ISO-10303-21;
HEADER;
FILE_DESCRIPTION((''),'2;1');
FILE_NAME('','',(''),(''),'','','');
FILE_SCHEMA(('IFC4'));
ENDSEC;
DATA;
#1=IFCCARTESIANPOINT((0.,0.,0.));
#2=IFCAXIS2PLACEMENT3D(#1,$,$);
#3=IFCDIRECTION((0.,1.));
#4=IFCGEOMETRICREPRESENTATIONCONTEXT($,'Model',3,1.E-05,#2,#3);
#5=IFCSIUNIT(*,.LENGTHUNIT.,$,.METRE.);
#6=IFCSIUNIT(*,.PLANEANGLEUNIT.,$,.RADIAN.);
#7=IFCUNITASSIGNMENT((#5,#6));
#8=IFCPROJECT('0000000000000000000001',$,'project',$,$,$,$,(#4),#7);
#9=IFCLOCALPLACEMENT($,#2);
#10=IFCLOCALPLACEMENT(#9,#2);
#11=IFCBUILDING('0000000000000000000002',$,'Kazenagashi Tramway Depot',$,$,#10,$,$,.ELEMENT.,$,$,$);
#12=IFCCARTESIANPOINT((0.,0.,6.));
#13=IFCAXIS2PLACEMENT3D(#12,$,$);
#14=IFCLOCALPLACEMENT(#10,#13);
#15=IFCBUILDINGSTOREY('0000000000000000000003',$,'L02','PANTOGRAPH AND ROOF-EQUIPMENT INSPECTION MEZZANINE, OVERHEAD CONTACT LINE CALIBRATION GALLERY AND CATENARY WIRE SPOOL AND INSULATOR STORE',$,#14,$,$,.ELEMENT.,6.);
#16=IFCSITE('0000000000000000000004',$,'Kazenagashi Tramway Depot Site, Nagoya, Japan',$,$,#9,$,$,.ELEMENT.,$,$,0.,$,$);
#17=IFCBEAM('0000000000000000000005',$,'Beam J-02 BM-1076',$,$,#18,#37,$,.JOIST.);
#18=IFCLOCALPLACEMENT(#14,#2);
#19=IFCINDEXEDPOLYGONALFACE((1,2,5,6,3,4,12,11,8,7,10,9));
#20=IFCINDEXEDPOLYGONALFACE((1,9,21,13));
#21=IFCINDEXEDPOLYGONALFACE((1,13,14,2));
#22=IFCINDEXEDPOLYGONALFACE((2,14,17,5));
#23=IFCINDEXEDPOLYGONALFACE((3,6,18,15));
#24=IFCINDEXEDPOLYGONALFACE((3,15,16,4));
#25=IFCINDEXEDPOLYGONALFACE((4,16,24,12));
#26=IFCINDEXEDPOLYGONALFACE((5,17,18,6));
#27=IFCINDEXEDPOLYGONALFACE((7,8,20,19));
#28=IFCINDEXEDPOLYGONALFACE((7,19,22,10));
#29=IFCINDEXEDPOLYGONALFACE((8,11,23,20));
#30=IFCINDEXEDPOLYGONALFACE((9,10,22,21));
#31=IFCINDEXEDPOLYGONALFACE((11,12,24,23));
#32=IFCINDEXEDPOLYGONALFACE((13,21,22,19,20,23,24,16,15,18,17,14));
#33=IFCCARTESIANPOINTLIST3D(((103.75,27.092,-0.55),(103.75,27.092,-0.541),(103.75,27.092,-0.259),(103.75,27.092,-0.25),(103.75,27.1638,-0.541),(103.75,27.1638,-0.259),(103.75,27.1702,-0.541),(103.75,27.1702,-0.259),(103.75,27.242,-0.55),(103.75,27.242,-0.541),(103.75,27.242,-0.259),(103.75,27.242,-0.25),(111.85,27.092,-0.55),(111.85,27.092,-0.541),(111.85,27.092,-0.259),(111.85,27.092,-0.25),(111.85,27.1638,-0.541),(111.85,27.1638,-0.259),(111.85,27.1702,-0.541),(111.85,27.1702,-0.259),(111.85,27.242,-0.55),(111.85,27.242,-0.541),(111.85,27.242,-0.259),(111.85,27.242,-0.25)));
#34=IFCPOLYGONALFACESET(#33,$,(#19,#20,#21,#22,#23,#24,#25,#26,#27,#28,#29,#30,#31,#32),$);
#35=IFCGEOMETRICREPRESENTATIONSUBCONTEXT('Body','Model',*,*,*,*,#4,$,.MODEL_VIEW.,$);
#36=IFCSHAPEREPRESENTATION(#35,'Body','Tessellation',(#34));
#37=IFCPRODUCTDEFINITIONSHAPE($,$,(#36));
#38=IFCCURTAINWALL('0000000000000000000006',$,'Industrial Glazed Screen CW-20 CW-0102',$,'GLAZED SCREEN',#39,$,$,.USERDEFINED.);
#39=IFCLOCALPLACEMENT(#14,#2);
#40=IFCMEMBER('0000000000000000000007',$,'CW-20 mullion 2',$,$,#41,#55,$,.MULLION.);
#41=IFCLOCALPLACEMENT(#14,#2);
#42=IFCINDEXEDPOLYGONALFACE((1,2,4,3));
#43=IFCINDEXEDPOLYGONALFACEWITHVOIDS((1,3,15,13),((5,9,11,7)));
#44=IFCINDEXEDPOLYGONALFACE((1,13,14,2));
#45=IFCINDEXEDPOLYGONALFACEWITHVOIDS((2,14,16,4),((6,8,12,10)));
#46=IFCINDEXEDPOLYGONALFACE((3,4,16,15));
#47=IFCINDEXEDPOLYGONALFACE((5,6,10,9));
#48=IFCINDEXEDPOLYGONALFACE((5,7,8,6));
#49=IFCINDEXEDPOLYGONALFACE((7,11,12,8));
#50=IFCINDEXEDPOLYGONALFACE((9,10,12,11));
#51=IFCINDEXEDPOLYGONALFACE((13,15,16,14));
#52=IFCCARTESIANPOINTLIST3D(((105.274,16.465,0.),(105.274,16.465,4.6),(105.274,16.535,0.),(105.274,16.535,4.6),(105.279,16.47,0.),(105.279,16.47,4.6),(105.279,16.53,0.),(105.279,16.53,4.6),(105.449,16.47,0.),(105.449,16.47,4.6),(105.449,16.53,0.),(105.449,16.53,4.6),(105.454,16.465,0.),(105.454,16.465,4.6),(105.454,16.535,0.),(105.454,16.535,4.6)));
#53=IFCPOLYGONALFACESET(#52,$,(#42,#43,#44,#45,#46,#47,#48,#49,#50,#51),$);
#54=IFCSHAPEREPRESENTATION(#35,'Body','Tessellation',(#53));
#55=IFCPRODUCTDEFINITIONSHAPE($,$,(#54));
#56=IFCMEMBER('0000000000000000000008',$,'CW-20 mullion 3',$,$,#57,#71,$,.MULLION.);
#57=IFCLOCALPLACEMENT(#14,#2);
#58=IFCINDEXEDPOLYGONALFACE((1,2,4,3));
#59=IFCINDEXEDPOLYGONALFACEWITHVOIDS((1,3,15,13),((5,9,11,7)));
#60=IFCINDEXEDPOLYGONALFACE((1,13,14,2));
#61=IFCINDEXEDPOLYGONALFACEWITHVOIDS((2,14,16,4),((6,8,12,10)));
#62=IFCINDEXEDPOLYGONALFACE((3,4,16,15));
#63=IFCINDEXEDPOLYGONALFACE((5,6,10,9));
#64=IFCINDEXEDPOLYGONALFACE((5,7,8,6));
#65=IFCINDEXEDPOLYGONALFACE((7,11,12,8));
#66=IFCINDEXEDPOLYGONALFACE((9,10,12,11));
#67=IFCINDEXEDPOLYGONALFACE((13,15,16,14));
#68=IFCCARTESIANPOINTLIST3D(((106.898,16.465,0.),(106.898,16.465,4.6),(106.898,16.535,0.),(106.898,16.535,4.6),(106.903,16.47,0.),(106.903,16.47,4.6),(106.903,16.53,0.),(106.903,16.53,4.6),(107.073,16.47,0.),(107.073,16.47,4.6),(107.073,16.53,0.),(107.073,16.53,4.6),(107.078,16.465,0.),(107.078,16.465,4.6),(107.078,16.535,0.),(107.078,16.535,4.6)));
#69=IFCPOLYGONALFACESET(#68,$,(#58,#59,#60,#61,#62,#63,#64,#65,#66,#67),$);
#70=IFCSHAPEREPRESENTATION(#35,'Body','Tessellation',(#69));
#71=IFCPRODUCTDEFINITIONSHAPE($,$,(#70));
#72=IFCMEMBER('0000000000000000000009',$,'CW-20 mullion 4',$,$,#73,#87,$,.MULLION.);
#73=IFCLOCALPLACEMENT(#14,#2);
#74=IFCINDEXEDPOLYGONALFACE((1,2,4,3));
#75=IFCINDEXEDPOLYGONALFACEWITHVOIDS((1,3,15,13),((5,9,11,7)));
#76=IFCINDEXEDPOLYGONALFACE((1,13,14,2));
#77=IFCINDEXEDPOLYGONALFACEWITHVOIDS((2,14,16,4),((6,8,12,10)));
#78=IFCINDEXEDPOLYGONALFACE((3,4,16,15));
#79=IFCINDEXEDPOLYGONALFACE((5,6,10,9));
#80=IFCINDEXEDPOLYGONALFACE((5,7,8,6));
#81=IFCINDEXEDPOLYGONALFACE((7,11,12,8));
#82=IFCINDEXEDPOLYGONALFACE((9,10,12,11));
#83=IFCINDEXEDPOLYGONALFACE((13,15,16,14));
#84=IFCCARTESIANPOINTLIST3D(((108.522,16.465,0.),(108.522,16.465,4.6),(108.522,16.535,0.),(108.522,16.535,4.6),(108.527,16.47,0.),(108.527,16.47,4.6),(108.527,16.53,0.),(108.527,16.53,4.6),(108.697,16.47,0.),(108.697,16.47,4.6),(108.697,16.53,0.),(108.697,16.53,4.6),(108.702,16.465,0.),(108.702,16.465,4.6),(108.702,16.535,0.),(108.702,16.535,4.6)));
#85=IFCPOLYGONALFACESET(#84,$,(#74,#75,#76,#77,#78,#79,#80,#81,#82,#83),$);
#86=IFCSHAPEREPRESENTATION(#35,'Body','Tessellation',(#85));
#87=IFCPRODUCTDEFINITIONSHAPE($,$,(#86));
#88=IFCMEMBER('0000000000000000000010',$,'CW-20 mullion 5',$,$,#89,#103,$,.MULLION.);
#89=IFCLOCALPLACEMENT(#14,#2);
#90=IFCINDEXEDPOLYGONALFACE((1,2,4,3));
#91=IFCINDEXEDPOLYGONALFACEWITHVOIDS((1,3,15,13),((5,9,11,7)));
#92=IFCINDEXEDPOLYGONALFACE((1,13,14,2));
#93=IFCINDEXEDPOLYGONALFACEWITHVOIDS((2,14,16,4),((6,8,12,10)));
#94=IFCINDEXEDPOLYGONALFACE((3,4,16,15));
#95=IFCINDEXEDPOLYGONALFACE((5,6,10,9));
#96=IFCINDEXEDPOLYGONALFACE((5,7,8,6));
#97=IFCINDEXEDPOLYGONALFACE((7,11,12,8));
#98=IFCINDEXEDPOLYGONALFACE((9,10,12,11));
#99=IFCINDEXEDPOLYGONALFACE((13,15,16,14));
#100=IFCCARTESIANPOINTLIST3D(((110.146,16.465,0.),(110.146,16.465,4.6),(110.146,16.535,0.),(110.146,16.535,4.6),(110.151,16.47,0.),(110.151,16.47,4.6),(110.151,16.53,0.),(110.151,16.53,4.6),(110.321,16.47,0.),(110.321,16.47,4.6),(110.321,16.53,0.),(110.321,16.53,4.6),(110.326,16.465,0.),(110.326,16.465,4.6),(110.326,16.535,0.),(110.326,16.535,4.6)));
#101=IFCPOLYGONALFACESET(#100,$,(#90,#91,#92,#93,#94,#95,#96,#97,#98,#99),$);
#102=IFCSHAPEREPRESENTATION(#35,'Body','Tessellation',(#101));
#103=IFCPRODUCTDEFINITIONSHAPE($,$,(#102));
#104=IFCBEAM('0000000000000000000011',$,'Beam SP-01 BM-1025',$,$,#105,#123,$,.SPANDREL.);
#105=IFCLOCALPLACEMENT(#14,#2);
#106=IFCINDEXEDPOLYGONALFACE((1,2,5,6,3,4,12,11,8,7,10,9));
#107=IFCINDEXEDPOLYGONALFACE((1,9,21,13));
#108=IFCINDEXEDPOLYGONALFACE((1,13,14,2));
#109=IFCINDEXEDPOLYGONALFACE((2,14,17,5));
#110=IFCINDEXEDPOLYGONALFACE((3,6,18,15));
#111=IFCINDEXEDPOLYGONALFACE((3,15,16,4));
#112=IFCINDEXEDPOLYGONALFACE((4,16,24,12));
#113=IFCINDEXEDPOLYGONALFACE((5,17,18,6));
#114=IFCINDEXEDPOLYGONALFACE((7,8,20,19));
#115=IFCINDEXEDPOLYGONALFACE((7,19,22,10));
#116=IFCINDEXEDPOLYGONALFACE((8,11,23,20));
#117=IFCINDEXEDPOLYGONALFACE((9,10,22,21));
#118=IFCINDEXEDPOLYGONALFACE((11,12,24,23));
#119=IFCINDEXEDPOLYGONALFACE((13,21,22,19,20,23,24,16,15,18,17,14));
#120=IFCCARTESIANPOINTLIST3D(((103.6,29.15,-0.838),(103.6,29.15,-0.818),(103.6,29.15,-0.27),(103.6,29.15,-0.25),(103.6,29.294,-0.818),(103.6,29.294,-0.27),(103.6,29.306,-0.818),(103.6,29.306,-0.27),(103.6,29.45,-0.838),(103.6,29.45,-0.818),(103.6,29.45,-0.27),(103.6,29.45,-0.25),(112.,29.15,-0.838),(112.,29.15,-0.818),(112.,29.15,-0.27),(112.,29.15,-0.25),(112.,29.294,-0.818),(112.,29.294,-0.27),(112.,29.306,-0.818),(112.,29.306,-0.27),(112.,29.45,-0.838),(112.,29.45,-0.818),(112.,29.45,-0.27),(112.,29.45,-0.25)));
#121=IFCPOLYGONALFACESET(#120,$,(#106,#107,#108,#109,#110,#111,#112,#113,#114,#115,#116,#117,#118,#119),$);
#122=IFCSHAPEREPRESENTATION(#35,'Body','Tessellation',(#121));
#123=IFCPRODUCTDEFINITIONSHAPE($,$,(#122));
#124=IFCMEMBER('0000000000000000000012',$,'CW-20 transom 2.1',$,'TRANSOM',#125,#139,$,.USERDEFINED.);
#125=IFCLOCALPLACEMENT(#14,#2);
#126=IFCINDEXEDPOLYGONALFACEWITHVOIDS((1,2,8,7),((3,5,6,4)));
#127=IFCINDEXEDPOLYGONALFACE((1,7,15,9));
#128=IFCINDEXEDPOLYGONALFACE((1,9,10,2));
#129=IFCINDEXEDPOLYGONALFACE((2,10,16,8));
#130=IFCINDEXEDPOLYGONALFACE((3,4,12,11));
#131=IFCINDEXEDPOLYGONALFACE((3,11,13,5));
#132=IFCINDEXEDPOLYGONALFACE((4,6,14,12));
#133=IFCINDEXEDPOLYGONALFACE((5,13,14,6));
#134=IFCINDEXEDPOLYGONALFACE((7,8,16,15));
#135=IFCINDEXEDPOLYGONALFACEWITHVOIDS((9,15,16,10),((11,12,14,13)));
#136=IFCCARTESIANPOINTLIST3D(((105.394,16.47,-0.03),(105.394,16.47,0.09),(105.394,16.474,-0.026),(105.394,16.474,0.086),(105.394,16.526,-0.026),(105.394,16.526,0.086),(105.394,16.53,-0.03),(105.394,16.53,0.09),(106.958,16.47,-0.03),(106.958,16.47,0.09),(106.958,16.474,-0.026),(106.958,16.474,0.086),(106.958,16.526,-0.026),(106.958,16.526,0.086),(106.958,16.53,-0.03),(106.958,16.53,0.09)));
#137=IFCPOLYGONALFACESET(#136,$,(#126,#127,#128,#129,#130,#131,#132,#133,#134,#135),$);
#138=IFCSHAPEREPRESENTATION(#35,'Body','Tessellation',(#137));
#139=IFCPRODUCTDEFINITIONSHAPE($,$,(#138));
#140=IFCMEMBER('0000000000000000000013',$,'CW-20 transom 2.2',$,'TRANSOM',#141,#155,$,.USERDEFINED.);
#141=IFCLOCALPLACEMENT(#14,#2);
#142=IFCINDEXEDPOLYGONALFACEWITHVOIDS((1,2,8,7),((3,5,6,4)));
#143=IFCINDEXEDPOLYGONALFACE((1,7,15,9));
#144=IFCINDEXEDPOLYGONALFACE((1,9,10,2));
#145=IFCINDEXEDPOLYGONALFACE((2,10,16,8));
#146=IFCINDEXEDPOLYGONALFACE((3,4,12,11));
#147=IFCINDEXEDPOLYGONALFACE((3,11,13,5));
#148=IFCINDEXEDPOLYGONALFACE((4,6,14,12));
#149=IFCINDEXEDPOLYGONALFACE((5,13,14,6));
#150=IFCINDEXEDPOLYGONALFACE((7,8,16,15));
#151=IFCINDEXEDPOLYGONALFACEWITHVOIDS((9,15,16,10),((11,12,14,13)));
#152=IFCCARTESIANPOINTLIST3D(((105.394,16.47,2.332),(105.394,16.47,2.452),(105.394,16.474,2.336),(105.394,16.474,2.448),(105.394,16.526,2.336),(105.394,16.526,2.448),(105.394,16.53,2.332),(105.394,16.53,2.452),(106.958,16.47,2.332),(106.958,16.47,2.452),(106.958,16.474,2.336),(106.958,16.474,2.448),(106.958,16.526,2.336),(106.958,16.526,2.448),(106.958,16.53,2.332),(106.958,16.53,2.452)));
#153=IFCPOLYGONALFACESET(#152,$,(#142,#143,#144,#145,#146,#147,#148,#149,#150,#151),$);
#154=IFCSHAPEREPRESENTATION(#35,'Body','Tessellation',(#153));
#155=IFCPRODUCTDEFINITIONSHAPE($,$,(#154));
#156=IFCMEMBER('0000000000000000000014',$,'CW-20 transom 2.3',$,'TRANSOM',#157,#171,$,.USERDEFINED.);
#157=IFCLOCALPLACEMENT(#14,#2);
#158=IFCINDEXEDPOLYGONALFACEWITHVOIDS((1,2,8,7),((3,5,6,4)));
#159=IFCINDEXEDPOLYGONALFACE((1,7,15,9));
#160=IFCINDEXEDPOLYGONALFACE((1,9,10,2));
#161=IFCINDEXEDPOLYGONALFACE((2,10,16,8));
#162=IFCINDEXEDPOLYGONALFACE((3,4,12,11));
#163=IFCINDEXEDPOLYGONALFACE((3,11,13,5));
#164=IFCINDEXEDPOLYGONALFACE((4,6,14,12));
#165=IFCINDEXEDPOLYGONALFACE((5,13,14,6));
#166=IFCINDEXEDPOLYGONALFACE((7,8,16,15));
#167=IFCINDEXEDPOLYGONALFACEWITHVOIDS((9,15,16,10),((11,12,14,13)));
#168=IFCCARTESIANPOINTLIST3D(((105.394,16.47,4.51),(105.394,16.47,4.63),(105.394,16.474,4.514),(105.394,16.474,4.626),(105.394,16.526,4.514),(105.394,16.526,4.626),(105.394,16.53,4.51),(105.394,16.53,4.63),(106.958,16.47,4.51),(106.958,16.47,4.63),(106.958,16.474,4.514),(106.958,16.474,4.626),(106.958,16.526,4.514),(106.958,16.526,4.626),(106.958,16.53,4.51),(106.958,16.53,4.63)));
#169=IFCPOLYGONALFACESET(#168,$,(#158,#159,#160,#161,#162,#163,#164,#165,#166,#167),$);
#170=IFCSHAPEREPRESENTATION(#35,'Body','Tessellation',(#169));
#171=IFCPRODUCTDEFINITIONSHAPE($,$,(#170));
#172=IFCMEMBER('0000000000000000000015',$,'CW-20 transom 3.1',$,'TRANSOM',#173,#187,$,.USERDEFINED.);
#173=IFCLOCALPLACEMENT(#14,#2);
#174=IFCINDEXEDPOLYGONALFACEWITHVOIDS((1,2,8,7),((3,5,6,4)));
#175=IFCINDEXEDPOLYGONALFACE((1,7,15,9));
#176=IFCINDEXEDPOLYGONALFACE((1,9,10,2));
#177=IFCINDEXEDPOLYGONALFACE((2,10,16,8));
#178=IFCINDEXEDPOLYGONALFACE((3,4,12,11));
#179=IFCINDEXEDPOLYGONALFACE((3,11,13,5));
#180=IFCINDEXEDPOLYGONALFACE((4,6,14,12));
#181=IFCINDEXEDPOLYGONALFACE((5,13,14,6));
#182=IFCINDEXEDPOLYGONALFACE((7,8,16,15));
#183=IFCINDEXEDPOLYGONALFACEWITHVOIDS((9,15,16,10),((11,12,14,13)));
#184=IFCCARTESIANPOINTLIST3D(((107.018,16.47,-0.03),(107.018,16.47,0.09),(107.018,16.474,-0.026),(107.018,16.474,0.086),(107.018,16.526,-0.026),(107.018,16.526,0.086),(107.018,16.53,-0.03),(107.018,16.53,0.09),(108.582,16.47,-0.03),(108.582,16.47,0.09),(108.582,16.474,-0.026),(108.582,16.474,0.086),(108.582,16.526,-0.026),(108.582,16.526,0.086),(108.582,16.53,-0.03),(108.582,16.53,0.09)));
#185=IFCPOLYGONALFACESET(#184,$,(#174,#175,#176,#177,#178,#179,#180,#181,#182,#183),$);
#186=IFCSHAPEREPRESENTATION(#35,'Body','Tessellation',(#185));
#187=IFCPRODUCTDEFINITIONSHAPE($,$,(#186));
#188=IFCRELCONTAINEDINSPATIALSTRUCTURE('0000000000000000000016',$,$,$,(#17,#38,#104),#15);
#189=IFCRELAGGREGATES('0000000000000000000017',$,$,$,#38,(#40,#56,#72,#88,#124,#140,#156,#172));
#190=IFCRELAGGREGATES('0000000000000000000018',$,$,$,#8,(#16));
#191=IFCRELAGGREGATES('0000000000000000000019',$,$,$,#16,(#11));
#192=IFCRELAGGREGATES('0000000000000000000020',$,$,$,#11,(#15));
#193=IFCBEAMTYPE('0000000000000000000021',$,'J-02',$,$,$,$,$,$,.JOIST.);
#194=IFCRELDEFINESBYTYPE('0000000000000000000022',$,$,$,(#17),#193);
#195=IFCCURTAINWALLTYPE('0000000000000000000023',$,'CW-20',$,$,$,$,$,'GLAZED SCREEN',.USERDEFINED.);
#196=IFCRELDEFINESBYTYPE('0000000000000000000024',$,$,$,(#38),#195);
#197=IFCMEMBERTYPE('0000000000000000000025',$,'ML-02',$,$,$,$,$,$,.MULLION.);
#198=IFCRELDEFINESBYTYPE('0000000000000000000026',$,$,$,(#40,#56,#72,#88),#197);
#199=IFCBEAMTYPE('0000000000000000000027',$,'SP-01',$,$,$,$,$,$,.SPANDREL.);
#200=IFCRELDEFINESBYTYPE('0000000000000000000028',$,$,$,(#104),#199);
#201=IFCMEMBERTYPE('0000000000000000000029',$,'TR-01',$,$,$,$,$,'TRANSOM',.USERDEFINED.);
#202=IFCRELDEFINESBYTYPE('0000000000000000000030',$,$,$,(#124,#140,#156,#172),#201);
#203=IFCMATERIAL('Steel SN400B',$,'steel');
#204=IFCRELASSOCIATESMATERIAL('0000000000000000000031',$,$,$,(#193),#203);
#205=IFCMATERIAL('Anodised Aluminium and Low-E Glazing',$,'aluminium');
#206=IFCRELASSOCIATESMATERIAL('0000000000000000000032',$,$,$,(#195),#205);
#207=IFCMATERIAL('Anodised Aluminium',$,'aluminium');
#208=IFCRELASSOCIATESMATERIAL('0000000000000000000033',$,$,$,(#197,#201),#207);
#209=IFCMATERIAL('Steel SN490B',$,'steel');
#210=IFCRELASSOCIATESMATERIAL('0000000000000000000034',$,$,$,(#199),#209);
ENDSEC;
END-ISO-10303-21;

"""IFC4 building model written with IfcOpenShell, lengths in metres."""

from ifc_helpers import new_model, si_unit, direction, frame, origin, origin_2d, place, context, subcontext, project, spatial, hollow_rectangle, i_section, extrude, material, material_profile, profile_set, type_object, element, aggregate, save


model = new_model("IFC4")

# Units and contexts
model_context = context("Model", 3, precision=1e-05, world=origin(), true_north=direction((0.0, 1.0)))
body_context = subcontext(model_context, "Body", "Model", "MODEL_VIEW")
ifc_project = project(units=[si_unit("LENGTHUNIT", "METRE"), si_unit("PLANEANGLEUNIT", "RADIAN")], contexts=[model_context])

# Site, building, storey
site_placement = place(None, origin())
site = spatial("IfcSite", under=ifc_project, at=site_placement, Name="Kazenagashi Tramway Depot Site, Nagoya, Japan", CompositionType="ELEMENT", RefElevation=0.0)
building_placement = place(site_placement, origin())
building = spatial("IfcBuilding", under=site, at=building_placement, Name="Kazenagashi Tramway Depot", CompositionType="ELEMENT")
storey_placement = place(building_placement, frame((0.0, 0.0, 6.0)))
storey = spatial("IfcBuildingStorey", under=building, at=storey_placement, Name="L02", Description="PANTOGRAPH AND ROOF-EQUIPMENT INSPECTION MEZZANINE, OVERHEAD CONTACT LINE CALIBRATION GALLERY AND CATENARY WIRE SPOOL AND INSULATOR STORE", CompositionType="ELEMENT", Elevation=6.0)

# Shared definitions
ifc_material_1 = material(Name="Steel SN490B", Category="steel")

# Beam
ifc_material_2 = material(Name="Steel SN400B", Category="steel")
ifc_material_profile_1 = material_profile(ifc_material_2, i_section(OverallWidth=0.15, OverallDepth=0.3, WebThickness=0.0065, FlangeThickness=0.009, at=origin_2d()), Name="H-300x150x6.5x9")
ifc_profile_set_1 = profile_set([ifc_material_profile_1], Name="Steel SN400B")
beam_type_1 = type_object("IfcBeamType", Name="J-02", PredefinedType="JOIST", material=ifc_profile_set_1)
for number, where, z_axis, x_axis, name in (
    (1, (103.75, 27.167, -0.4), (1.0, 0.0, 0.0), (0.0, 1.0, 0.0), "Beam J-02 BM-1076"),
):
    element("IfcBeam", number, at=place(storey_placement, frame(where, z_axis=z_axis, x_axis=x_axis)), inside=storey, type_object=beam_type_1, Name=name, PredefinedType="JOIST", context=body_context, shape_type="SweptSolid", body=[
        extrude(i_section(OverallWidth=0.15, OverallDepth=0.3, WebThickness=0.0065, FlangeThickness=0.009, at=origin_2d()), origin(), (0.0, 0.0, 1.0), 8.1),
    ])

# Curtain wall, members
ifc_material_3 = material(Name="Anodised Aluminium and Low-E Glazing", Category="aluminium")
curtain_wall_type = type_object("IfcCurtainWallType", Name="CW-20", ElementType="GLAZED SCREEN", PredefinedType="USERDEFINED", material=ifc_material_3)
curtain_wall_placement = place(storey_placement, origin())
curtain_wall = element("IfcCurtainWall", 2, at=curtain_wall_placement, inside=storey, type_object=curtain_wall_type, Name="Industrial Glazed Screen CW-20 CW-0102", ObjectType="GLAZED SCREEN", PredefinedType="USERDEFINED")
ifc_material_4 = material(Name="Anodised Aluminium", Category="aluminium")
ifc_material_profile_2 = material_profile(ifc_material_4, hollow_rectangle(XDim=0.07, YDim=0.18, WallThickness=0.005, at=origin_2d()), Name="RHS-180x70x5")
ifc_profile_set_2 = profile_set([ifc_material_profile_2], Name="Anodised Aluminium")
member_type_1 = type_object("IfcMemberType", Name="ML-02", PredefinedType="MULLION", material=ifc_profile_set_2)
member_1_placement = place(storey_placement, frame((105.364, 16.5, 0.0), z_axis=(0.0, 0.0, 1.0), x_axis=(0.0, 1.0, 0.0)))
member_1 = element("IfcMember", 3, at=member_1_placement, type_object=member_type_1, Name="CW-20 mullion 2", PredefinedType="MULLION", context=body_context, shape_type="SweptSolid", body=[
    extrude(hollow_rectangle(XDim=0.07, YDim=0.18, WallThickness=0.005, at=origin_2d()), origin(), (0.0, 0.0, 1.0), 4.6),
])
member_2_placement = place(storey_placement, frame((106.988, 16.5, 0.0), z_axis=(0.0, 0.0, 1.0), x_axis=(0.0, 1.0, 0.0)))
member_2 = element("IfcMember", 4, at=member_2_placement, type_object=member_type_1, Name="CW-20 mullion 3", PredefinedType="MULLION", context=body_context, shape_type="SweptSolid", body=[
    extrude(hollow_rectangle(XDim=0.07, YDim=0.18, WallThickness=0.005, at=origin_2d()), origin(), (0.0, 0.0, 1.0), 4.6),
])
member_3_placement = place(storey_placement, frame((108.612, 16.5, 0.0), z_axis=(0.0, 0.0, 1.0), x_axis=(0.0, 1.0, 0.0)))
member_3 = element("IfcMember", 5, at=member_3_placement, type_object=member_type_1, Name="CW-20 mullion 4", PredefinedType="MULLION", context=body_context, shape_type="SweptSolid", body=[
    extrude(hollow_rectangle(XDim=0.07, YDim=0.18, WallThickness=0.005, at=origin_2d()), origin(), (0.0, 0.0, 1.0), 4.6),
])
member_4_placement = place(storey_placement, frame((110.236, 16.5, 0.0), z_axis=(0.0, 0.0, 1.0), x_axis=(0.0, 1.0, 0.0)))
member_4 = element("IfcMember", 6, at=member_4_placement, type_object=member_type_1, Name="CW-20 mullion 5", PredefinedType="MULLION", context=body_context, shape_type="SweptSolid", body=[
    extrude(hollow_rectangle(XDim=0.07, YDim=0.18, WallThickness=0.005, at=origin_2d()), origin(), (0.0, 0.0, 1.0), 4.6),
])

# Beam
ifc_material_profile_3 = material_profile(ifc_material_1, i_section(OverallWidth=0.3, OverallDepth=0.588, WebThickness=0.012, FlangeThickness=0.02, at=origin_2d()), Name="H-588x300x12x20")
ifc_profile_set_3 = profile_set([ifc_material_profile_3], Name="Steel SN490B")
beam_type_2 = type_object("IfcBeamType", Name="SP-01", PredefinedType="SPANDREL", material=ifc_profile_set_3)
beam_1_placement = place(storey_placement, frame((103.6, 29.3, -0.544), z_axis=(1.0, 0.0, 0.0), x_axis=(0.0, 1.0, 0.0)))
element("IfcBeam", 7, at=beam_1_placement, inside=storey, type_object=beam_type_2, Name="Beam SP-01 BM-1025", PredefinedType="SPANDREL", context=body_context, shape_type="SweptSolid", body=[
    extrude(i_section(OverallWidth=0.3, OverallDepth=0.588, WebThickness=0.012, FlangeThickness=0.02, at=origin_2d()), origin(), (0.0, 0.0, 1.0), 8.4),
])

# Members
ifc_material_profile_4 = material_profile(ifc_material_4, hollow_rectangle(XDim=0.06, YDim=0.12, WallThickness=0.004, at=origin_2d()), Name="RHS-120x60x4")
ifc_profile_set_4 = profile_set([ifc_material_profile_4], Name="Anodised Aluminium")
member_type_2 = type_object("IfcMemberType", Name="TR-01", ElementType="TRANSOM", PredefinedType="USERDEFINED", material=ifc_profile_set_4)
member_5_placement = place(storey_placement, frame((105.394, 16.5, 0.03), z_axis=(1.0, 0.0, 0.0), x_axis=(0.0, 1.0, 0.0)))
member_5 = element("IfcMember", 8, at=member_5_placement, type_object=member_type_2, Name="CW-20 transom 2.1", ObjectType="TRANSOM", PredefinedType="USERDEFINED", context=body_context, shape_type="SweptSolid", body=[
    extrude(hollow_rectangle(XDim=0.06, YDim=0.12, WallThickness=0.004, at=origin_2d()), origin(), (0.0, 0.0, 1.0), 1.564),
])
member_6_placement = place(storey_placement, frame((105.394, 16.5, 2.392), z_axis=(1.0, 0.0, 0.0), x_axis=(0.0, 1.0, 0.0)))
member_6 = element("IfcMember", 9, at=member_6_placement, type_object=member_type_2, Name="CW-20 transom 2.2", ObjectType="TRANSOM", PredefinedType="USERDEFINED", context=body_context, shape_type="SweptSolid", body=[
    extrude(hollow_rectangle(XDim=0.06, YDim=0.12, WallThickness=0.004, at=origin_2d()), origin(), (0.0, 0.0, 1.0), 1.564),
])
member_7_placement = place(storey_placement, frame((105.394, 16.5, 4.57), z_axis=(1.0, 0.0, 0.0), x_axis=(0.0, 1.0, 0.0)))
member_7 = element("IfcMember", 10, at=member_7_placement, type_object=member_type_2, Name="CW-20 transom 2.3", ObjectType="TRANSOM", PredefinedType="USERDEFINED", context=body_context, shape_type="SweptSolid", body=[
    extrude(hollow_rectangle(XDim=0.06, YDim=0.12, WallThickness=0.004, at=origin_2d()), origin(), (0.0, 0.0, 1.0), 1.564),
])
member_8_placement = place(storey_placement, frame((107.018, 16.5, 0.03), z_axis=(1.0, 0.0, 0.0), x_axis=(0.0, 1.0, 0.0)))
member_8 = element("IfcMember", 11, at=member_8_placement, type_object=member_type_2, Name="CW-20 transom 3.1", ObjectType="TRANSOM", PredefinedType="USERDEFINED", context=body_context, shape_type="SweptSolid", body=[
    extrude(hollow_rectangle(XDim=0.06, YDim=0.12, WallThickness=0.004, at=origin_2d()), origin(), (0.0, 0.0, 1.0), 1.564),
])

aggregate(curtain_wall, [member_1, member_2, member_3, member_4, member_5, member_6, member_7, member_8])

save(model, "model.ifc")
